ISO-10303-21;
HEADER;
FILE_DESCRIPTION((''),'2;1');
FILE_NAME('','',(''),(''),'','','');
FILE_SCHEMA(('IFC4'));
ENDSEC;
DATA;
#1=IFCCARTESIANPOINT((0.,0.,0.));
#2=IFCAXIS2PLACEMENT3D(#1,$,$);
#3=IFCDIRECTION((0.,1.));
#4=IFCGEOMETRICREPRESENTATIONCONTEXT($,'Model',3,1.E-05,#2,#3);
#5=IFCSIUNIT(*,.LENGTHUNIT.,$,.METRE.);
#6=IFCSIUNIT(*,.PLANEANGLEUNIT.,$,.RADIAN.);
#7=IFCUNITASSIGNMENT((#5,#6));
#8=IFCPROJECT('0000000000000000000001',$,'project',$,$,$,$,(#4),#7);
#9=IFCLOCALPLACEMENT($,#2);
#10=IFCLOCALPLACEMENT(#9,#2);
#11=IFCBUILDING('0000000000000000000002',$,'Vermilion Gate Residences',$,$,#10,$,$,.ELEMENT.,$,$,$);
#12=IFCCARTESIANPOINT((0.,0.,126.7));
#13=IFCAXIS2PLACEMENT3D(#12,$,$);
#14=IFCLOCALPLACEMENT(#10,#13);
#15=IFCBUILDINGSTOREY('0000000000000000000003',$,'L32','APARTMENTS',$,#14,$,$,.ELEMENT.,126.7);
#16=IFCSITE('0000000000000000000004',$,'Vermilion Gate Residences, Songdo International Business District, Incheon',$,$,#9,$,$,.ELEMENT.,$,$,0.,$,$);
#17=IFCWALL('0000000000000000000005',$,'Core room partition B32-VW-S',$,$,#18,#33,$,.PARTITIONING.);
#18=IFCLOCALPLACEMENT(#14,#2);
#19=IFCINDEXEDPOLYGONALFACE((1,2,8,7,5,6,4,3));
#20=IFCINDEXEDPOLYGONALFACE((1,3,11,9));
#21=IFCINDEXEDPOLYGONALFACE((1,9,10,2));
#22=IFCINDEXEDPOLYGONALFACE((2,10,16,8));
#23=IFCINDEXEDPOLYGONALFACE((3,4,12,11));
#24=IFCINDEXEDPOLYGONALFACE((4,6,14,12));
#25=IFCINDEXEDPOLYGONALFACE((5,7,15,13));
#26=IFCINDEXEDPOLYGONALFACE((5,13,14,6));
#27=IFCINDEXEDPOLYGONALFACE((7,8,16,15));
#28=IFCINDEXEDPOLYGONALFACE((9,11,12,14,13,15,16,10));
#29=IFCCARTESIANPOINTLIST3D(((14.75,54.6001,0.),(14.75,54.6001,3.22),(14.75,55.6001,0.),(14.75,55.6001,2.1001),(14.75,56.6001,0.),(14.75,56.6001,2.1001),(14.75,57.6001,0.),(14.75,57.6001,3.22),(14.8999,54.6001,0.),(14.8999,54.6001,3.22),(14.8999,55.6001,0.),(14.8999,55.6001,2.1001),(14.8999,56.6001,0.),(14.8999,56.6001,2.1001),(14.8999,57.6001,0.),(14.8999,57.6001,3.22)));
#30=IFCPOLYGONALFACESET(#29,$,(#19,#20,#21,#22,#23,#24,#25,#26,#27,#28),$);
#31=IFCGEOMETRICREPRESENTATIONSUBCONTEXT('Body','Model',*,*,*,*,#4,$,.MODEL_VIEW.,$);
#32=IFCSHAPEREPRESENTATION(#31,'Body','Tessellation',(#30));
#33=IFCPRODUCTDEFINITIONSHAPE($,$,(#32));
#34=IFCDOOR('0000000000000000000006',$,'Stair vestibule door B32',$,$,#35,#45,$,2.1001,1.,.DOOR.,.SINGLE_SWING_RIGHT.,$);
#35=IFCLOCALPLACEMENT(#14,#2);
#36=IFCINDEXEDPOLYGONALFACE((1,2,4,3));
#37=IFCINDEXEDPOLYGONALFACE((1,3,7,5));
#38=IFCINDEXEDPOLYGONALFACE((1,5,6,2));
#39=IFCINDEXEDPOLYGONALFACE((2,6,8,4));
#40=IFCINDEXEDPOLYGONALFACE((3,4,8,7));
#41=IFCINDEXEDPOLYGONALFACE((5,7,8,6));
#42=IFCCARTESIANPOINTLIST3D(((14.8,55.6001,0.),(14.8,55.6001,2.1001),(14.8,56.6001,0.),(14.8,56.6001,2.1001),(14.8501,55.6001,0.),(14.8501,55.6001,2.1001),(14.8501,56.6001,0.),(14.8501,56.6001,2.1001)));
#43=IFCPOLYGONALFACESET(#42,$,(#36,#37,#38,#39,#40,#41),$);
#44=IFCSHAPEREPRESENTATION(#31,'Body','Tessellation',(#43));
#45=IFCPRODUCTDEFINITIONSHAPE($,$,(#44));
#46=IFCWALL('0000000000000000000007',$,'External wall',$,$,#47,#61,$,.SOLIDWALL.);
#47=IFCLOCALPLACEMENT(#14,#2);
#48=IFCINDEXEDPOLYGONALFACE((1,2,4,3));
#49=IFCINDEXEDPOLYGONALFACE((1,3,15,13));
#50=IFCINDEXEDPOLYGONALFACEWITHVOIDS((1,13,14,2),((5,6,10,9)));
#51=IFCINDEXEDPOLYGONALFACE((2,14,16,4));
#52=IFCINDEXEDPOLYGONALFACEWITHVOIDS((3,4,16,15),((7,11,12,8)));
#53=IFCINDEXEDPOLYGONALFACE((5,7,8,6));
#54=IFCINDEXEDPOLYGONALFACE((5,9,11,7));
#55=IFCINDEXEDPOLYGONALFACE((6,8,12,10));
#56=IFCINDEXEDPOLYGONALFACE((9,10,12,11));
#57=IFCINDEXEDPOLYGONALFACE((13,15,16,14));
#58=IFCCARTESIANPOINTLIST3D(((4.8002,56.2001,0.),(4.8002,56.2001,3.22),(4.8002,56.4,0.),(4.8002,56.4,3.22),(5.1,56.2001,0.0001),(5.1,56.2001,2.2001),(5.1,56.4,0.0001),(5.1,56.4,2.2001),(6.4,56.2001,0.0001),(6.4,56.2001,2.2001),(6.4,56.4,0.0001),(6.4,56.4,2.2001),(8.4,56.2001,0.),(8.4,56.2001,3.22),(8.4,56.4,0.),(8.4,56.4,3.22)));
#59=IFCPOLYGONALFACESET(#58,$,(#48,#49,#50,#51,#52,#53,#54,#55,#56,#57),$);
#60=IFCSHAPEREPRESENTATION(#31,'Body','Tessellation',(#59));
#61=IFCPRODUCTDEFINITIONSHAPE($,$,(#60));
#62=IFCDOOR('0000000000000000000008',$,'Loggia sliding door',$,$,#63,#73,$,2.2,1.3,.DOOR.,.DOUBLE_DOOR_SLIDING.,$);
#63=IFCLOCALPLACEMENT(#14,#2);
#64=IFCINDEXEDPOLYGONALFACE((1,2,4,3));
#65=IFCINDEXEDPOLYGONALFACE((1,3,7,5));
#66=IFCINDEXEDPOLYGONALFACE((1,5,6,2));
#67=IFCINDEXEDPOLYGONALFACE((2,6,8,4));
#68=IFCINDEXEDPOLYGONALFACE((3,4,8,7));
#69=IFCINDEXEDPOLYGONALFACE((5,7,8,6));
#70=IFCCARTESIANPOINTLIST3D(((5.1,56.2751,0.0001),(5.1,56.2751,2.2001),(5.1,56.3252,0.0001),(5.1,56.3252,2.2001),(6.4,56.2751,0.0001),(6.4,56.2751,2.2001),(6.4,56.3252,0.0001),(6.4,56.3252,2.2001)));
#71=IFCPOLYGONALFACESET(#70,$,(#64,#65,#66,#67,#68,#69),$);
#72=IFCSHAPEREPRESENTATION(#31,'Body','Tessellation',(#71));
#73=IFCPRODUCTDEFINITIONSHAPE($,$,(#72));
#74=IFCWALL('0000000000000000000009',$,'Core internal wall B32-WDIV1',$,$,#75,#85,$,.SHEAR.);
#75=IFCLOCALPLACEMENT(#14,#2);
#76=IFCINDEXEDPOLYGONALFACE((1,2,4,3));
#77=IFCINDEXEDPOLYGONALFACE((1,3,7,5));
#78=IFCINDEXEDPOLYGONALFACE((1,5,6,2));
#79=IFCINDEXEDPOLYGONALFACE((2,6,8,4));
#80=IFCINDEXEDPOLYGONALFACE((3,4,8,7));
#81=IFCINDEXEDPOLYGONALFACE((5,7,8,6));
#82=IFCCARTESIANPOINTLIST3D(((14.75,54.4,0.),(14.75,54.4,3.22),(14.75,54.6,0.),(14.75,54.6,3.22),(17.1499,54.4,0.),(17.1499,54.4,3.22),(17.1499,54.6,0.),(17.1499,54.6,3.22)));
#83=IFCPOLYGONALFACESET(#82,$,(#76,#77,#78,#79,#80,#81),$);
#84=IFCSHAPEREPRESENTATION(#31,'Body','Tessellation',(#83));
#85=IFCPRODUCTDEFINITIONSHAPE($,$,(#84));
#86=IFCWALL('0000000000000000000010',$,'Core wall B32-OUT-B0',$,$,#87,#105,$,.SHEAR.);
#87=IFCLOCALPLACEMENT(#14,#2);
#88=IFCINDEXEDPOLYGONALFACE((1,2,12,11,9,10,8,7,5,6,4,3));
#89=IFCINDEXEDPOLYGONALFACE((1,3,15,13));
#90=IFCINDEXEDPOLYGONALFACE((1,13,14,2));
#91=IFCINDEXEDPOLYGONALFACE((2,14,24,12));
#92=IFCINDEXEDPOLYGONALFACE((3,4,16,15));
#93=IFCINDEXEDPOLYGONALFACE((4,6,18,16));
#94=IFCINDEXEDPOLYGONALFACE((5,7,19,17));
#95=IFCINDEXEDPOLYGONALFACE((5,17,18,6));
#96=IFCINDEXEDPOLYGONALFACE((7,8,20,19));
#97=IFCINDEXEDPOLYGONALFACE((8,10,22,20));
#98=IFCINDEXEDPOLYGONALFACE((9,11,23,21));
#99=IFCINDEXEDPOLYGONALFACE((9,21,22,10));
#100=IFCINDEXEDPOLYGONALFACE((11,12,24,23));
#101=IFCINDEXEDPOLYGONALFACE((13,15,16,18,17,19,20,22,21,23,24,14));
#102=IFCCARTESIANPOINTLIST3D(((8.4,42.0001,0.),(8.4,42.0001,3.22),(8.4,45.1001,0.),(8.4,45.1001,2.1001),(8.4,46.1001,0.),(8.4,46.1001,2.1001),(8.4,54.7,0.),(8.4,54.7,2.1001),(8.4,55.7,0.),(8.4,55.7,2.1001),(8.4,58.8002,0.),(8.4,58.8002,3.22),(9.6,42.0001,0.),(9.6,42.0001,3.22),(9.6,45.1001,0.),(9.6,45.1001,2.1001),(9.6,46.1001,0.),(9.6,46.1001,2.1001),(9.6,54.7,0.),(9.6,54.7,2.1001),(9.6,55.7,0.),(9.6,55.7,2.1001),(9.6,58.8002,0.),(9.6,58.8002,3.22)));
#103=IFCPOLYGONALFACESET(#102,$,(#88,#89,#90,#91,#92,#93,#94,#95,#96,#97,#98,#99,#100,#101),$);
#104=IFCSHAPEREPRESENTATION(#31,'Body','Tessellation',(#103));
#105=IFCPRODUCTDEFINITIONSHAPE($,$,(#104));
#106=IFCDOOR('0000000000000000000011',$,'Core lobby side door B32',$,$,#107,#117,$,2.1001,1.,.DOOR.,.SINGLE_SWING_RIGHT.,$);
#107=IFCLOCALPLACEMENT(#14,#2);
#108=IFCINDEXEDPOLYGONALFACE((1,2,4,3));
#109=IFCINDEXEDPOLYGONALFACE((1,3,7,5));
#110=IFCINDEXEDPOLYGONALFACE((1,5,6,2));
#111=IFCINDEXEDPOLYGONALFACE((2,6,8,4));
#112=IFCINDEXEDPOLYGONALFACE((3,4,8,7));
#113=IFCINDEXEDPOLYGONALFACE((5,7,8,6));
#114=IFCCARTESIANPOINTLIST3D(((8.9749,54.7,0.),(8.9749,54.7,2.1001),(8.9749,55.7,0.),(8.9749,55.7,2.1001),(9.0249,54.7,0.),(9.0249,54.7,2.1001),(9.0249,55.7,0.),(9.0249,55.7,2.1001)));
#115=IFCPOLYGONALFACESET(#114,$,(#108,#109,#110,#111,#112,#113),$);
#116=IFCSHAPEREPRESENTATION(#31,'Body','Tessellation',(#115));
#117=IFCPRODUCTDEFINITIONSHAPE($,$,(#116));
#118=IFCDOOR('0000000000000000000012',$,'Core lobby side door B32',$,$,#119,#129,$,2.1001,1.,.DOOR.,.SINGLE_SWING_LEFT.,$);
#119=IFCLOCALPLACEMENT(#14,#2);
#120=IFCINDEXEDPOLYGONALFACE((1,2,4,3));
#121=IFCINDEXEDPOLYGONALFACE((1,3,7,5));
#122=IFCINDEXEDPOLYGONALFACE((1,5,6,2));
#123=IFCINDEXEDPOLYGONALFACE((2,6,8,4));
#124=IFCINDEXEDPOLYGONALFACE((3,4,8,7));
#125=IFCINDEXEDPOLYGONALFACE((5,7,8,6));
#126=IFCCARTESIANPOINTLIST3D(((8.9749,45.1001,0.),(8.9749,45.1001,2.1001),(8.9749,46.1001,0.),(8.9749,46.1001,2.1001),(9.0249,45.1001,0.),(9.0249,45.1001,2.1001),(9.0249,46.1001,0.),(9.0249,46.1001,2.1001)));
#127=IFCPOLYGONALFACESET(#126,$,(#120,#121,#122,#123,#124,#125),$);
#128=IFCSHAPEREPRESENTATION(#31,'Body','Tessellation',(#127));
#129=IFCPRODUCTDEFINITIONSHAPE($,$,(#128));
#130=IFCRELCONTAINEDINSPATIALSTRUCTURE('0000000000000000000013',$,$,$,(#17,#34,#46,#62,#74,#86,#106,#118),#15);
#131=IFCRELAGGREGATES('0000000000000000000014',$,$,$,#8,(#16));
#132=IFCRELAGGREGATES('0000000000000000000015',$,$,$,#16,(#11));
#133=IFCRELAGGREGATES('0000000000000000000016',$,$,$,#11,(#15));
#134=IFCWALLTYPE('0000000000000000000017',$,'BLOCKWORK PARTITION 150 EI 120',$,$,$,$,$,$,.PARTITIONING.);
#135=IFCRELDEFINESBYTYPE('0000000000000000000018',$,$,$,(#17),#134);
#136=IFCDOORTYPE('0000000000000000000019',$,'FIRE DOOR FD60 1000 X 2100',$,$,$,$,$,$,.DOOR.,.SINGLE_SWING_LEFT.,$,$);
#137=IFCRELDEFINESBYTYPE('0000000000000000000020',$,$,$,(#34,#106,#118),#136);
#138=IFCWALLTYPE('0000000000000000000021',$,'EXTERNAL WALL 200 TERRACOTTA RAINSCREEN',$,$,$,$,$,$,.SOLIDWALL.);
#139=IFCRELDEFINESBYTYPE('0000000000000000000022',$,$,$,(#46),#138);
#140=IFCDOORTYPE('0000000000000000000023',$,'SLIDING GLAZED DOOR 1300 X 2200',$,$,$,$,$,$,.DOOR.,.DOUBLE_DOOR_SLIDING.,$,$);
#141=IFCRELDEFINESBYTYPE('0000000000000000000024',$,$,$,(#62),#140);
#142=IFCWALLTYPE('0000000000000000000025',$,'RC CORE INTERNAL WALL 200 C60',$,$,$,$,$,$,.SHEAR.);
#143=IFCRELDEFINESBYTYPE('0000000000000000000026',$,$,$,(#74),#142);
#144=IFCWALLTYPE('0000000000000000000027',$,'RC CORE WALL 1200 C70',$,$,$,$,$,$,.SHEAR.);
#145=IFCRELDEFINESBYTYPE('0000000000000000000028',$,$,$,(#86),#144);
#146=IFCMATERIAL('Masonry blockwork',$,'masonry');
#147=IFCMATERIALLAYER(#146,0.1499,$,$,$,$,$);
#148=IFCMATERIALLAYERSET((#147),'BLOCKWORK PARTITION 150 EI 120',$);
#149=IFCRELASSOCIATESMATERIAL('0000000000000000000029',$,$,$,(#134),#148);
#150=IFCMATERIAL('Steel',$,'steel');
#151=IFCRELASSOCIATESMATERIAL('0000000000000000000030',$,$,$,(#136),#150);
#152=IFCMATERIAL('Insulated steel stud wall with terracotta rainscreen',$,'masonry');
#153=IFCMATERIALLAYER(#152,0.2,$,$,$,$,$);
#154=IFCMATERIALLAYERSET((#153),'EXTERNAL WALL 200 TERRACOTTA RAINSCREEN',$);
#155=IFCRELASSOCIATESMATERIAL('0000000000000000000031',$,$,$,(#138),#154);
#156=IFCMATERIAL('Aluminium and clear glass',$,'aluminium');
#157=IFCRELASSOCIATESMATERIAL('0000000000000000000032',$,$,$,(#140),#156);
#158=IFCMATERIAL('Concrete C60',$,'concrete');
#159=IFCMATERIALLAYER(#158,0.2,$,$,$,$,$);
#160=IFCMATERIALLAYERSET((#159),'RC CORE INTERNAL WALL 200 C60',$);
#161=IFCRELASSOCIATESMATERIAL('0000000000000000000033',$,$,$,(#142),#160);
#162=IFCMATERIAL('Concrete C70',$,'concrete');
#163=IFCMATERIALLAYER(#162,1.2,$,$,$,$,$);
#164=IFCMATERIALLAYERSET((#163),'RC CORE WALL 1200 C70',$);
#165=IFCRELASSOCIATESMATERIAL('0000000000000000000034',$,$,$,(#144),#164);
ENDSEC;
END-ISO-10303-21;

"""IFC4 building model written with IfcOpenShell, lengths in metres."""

from ifc_helpers import new_model, si_unit, direction, frame, frame_2d, origin, place, context, subcontext, project, spatial, rectangle, extrude, material, layer, layer_set, type_object, element, fill, save


model = new_model("IFC4")

# Units and contexts
model_context = context("Model", 3, precision=1e-05, world=origin(), true_north=direction((0.0, 1.0)))
body_context = subcontext(model_context, "Body", "Model", "MODEL_VIEW")
ifc_project = project(units=[si_unit("LENGTHUNIT", "METRE"), si_unit("PLANEANGLEUNIT", "RADIAN")], contexts=[model_context])

# Site, building, storey
site_placement = place(None, origin())
site = spatial("IfcSite", under=ifc_project, at=site_placement, Name="Vermilion Gate Residences, Songdo International Business District, Incheon", CompositionType="ELEMENT", RefElevation=0.0)
building_placement = place(site_placement, origin())
building = spatial("IfcBuilding", under=site, at=building_placement, Name="Vermilion Gate Residences", CompositionType="ELEMENT")
storey_placement = place(building_placement, frame((0.0, 0.0, 126.7)))
storey = spatial("IfcBuildingStorey", under=building, at=storey_placement, Name="L32", Description="APARTMENTS", CompositionType="ELEMENT", Elevation=126.7)

# Walls, openings, doors
ifc_material_1 = material(Name="Masonry blockwork", Category="masonry")
ifc_layer_1 = layer(ifc_material_1, 0.1499)
ifc_layer_set_1 = layer_set([ifc_layer_1], Name="BLOCKWORK PARTITION 150 EI 120")
wall_type_1 = type_object("IfcWallType", Name="BLOCKWORK PARTITION 150 EI 120", PredefinedType="PARTITIONING", material=ifc_layer_set_1)
wall_1_placement = place(storey_placement, frame((14.825, 57.6001, 0.0), z_axis=(0.0, 0.0, 1.0), x_axis=(0.0, -1.0, 0.0)))
wall_1 = element("IfcWall", 1, at=wall_1_placement, inside=storey, type_object=wall_type_1, Name="Core room partition B32-VW-S", PredefinedType="PARTITIONING", context=body_context, shape_type="SweptSolid", body=[
    extrude(rectangle(XDim=3.0, YDim=0.1499, at=frame_2d((1.5, 0.0))), origin(), (0.0, 0.0, 1.0), 3.22),
])
opening_1_placement = place(wall_1_placement, frame((1.0, 0.0, 0.0)))
opening_1 = element("IfcOpeningElement", 2, at=opening_1_placement, cuts=wall_1, PredefinedType="OPENING", context=body_context, shape_type="SweptSolid", body=[
    extrude(rectangle(XDim=1.0, YDim=2.1001, at=frame_2d((0.5, 1.05))), frame((0.0, 0.085, 0.0), z_axis=(0.0, -1.0, 0.0), x_axis=(1.0, 0.0, 0.0)), (0.0, 0.0, 1.0), 0.1699),
])
ifc_material_2 = material(Name="Steel", Category="steel")
door_type_1 = type_object("IfcDoorType", Name="FIRE DOOR FD60 1000 X 2100", OperationType="SINGLE_SWING_LEFT", PredefinedType="DOOR", material=ifc_material_2)
door_1_placement = place(opening_1_placement, frame((1.0, 0.0, 0.0), z_axis=(0.0, 0.0, 1.0), x_axis=(-1.0, 0.0, 0.0)))
door_1 = element("IfcDoor", 3, at=door_1_placement, inside=storey, type_object=door_type_1, Name="Stair vestibule door B32", OperationType="SINGLE_SWING_RIGHT", OverallHeight=2.1001, OverallWidth=1.0, PredefinedType="DOOR", context=body_context, shape_type="SweptSolid", body=[
    extrude(rectangle(XDim=1.0, YDim=2.1001, at=frame_2d((0.5, 1.05))), frame((0.0, 0.0249, 0.0), z_axis=(0.0, -1.0, 0.0), x_axis=(1.0, 0.0, 0.0)), (0.0, 0.0, 1.0), 0.05),
])
fill(opening_1, door_1)
ifc_material_3 = material(Name="Insulated steel stud wall with terracotta rainscreen", Category="masonry")
ifc_layer_2 = layer(ifc_material_3, 0.2)
ifc_layer_set_2 = layer_set([ifc_layer_2], Name="EXTERNAL WALL 200 TERRACOTTA RAINSCREEN")
wall_type_2 = type_object("IfcWallType", Name="EXTERNAL WALL 200 TERRACOTTA RAINSCREEN", PredefinedType="SOLIDWALL", material=ifc_layer_set_2)
wall_2_placement = place(storey_placement, frame((8.3999, 56.3, 0.0), z_axis=(0.0, 0.0, 1.0), x_axis=(-1.0, 0.0, 0.0)))
wall_2 = element("IfcWall", 4, at=wall_2_placement, inside=storey, type_object=wall_type_2, Name="External wall", PredefinedType="SOLIDWALL", context=body_context, shape_type="SweptSolid", body=[
    extrude(rectangle(XDim=3.5999, YDim=0.2, at=frame_2d((1.7998, 0.0))), origin(), (0.0, 0.0, 1.0), 3.22),
])
opening_2_placement = place(wall_2_placement, frame((2.0, 0.0, 0.0)))
opening_2 = element("IfcOpeningElement", 5, at=opening_2_placement, cuts=wall_2, PredefinedType="OPENING", context=body_context, shape_type="SweptSolid", body=[
    extrude(rectangle(XDim=1.3, YDim=2.2, at=frame_2d((0.6499, 1.1001))), frame((0.0, 0.1099, 0.0), z_axis=(0.0, -1.0, 0.0), x_axis=(1.0, 0.0, 0.0)), (0.0, 0.0, 1.0), 0.22),
])
ifc_material_4 = material(Name="Aluminium and clear glass", Category="aluminium")
door_type_2 = type_object("IfcDoorType", Name="SLIDING GLAZED DOOR 1300 X 2200", OperationType="DOUBLE_DOOR_SLIDING", PredefinedType="DOOR", material=ifc_material_4)
door_2_placement = place(opening_2_placement, origin())
door_2 = element("IfcDoor", 6, at=door_2_placement, inside=storey, type_object=door_type_2, Name="Loggia sliding door", OperationType="DOUBLE_DOOR_SLIDING", OverallHeight=2.2, OverallWidth=1.3, PredefinedType="DOOR", context=body_context, shape_type="SweptSolid", body=[
    extrude(rectangle(XDim=1.3, YDim=2.2, at=frame_2d((0.6499, 1.1001))), frame((0.0, 0.0249, 0.0), z_axis=(0.0, -1.0, 0.0), x_axis=(1.0, 0.0, 0.0)), (0.0, 0.0, 1.0), 0.05),
])
fill(opening_2, door_2)

# Wall
ifc_material_5 = material(Name="Concrete C60", Category="concrete")
ifc_layer_3 = layer(ifc_material_5, 0.2)
ifc_layer_set_3 = layer_set([ifc_layer_3], Name="RC CORE INTERNAL WALL 200 C60")
wall_type_3 = type_object("IfcWallType", Name="RC CORE INTERNAL WALL 200 C60", PredefinedType="SHEAR", material=ifc_layer_set_3)
wall_3_placement = place(storey_placement, frame((14.75, 54.5, 0.0), z_axis=(0.0, 0.0, 1.0), x_axis=(1.0, 0.0, 0.0)))
element("IfcWall", 7, at=wall_3_placement, inside=storey, type_object=wall_type_3, Name="Core internal wall B32-WDIV1", PredefinedType="SHEAR", context=body_context, shape_type="SweptSolid", body=[
    extrude(rectangle(XDim=2.3999, YDim=0.2, at=frame_2d((1.2, 0.0))), origin(), (0.0, 0.0, 1.0), 3.22),
])

# Wall, openings, doors
ifc_material_6 = material(Name="Concrete C70", Category="concrete")
ifc_layer_4 = layer(ifc_material_6, 1.2)
ifc_layer_set_4 = layer_set([ifc_layer_4], Name="RC CORE WALL 1200 C70")
wall_type_4 = type_object("IfcWallType", Name="RC CORE WALL 1200 C70", PredefinedType="SHEAR", material=ifc_layer_set_4)
wall_4_placement = place(storey_placement, frame((9.0, 58.8, 0.0), z_axis=(0.0, 0.0, 1.0), x_axis=(0.0, -1.0, 0.0)))
wall_4 = element("IfcWall", 8, at=wall_4_placement, inside=storey, type_object=wall_type_4, Name="Core wall B32-OUT-B0", PredefinedType="SHEAR", context=body_context, shape_type="SweptSolid", body=[
    extrude(rectangle(XDim=16.8, YDim=1.2, at=frame_2d((8.3999, 0.0))), origin(), (0.0, 0.0, 1.0), 3.22),
])
opening_3_placement = place(wall_4_placement, frame((3.1001, 0.0, 0.0)))
opening_3 = element("IfcOpeningElement", 9, at=opening_3_placement, cuts=wall_4, PredefinedType="OPENING", context=body_context, shape_type="SweptSolid", body=[
    extrude(rectangle(XDim=1.0, YDim=2.1001, at=frame_2d((0.5, 1.05))), frame((0.0, 0.6099, 0.0), z_axis=(0.0, -1.0, 0.0), x_axis=(1.0, 0.0, 0.0)), (0.0, 0.0, 1.0), 1.22),
])
opening_4_placement = place(wall_4_placement, frame((12.7, 0.0, 0.0)))
opening_4 = element("IfcOpeningElement", 10, at=opening_4_placement, cuts=wall_4, PredefinedType="OPENING", context=body_context, shape_type="SweptSolid", body=[
    extrude(rectangle(XDim=1.0, YDim=2.1001, at=frame_2d((0.5, 1.05))), frame((0.0, 0.6099, 0.0), z_axis=(0.0, -1.0, 0.0), x_axis=(1.0, 0.0, 0.0)), (0.0, 0.0, 1.0), 1.22),
])
door_3_placement = place(opening_3_placement, origin())
door_3 = element("IfcDoor", 11, at=door_3_placement, inside=storey, type_object=door_type_1, Name="Core lobby side door B32", OperationType="SINGLE_SWING_RIGHT", OverallHeight=2.1001, OverallWidth=1.0, PredefinedType="DOOR", context=body_context, shape_type="SweptSolid", body=[
    extrude(rectangle(XDim=1.0, YDim=2.1001, at=frame_2d((0.5, 1.05))), frame((0.0, 0.0249, 0.0), z_axis=(0.0, -1.0, 0.0), x_axis=(1.0, 0.0, 0.0)), (0.0, 0.0, 1.0), 0.05),
])
fill(opening_3, door_3)
door_4_placement = place(opening_4_placement, origin())
door_4 = element("IfcDoor", 12, at=door_4_placement, inside=storey, type_object=door_type_1, Name="Core lobby side door B32", OperationType="SINGLE_SWING_LEFT", OverallHeight=2.1001, OverallWidth=1.0, PredefinedType="DOOR", context=body_context, shape_type="SweptSolid", body=[
    extrude(rectangle(XDim=1.0, YDim=2.1001, at=frame_2d((0.5, 1.05))), frame((0.0, 0.0249, 0.0), z_axis=(0.0, -1.0, 0.0), x_axis=(1.0, 0.0, 0.0)), (0.0, 0.0, 1.0), 0.05),
])
fill(opening_4, door_4)

save(model, "model.ifc")
